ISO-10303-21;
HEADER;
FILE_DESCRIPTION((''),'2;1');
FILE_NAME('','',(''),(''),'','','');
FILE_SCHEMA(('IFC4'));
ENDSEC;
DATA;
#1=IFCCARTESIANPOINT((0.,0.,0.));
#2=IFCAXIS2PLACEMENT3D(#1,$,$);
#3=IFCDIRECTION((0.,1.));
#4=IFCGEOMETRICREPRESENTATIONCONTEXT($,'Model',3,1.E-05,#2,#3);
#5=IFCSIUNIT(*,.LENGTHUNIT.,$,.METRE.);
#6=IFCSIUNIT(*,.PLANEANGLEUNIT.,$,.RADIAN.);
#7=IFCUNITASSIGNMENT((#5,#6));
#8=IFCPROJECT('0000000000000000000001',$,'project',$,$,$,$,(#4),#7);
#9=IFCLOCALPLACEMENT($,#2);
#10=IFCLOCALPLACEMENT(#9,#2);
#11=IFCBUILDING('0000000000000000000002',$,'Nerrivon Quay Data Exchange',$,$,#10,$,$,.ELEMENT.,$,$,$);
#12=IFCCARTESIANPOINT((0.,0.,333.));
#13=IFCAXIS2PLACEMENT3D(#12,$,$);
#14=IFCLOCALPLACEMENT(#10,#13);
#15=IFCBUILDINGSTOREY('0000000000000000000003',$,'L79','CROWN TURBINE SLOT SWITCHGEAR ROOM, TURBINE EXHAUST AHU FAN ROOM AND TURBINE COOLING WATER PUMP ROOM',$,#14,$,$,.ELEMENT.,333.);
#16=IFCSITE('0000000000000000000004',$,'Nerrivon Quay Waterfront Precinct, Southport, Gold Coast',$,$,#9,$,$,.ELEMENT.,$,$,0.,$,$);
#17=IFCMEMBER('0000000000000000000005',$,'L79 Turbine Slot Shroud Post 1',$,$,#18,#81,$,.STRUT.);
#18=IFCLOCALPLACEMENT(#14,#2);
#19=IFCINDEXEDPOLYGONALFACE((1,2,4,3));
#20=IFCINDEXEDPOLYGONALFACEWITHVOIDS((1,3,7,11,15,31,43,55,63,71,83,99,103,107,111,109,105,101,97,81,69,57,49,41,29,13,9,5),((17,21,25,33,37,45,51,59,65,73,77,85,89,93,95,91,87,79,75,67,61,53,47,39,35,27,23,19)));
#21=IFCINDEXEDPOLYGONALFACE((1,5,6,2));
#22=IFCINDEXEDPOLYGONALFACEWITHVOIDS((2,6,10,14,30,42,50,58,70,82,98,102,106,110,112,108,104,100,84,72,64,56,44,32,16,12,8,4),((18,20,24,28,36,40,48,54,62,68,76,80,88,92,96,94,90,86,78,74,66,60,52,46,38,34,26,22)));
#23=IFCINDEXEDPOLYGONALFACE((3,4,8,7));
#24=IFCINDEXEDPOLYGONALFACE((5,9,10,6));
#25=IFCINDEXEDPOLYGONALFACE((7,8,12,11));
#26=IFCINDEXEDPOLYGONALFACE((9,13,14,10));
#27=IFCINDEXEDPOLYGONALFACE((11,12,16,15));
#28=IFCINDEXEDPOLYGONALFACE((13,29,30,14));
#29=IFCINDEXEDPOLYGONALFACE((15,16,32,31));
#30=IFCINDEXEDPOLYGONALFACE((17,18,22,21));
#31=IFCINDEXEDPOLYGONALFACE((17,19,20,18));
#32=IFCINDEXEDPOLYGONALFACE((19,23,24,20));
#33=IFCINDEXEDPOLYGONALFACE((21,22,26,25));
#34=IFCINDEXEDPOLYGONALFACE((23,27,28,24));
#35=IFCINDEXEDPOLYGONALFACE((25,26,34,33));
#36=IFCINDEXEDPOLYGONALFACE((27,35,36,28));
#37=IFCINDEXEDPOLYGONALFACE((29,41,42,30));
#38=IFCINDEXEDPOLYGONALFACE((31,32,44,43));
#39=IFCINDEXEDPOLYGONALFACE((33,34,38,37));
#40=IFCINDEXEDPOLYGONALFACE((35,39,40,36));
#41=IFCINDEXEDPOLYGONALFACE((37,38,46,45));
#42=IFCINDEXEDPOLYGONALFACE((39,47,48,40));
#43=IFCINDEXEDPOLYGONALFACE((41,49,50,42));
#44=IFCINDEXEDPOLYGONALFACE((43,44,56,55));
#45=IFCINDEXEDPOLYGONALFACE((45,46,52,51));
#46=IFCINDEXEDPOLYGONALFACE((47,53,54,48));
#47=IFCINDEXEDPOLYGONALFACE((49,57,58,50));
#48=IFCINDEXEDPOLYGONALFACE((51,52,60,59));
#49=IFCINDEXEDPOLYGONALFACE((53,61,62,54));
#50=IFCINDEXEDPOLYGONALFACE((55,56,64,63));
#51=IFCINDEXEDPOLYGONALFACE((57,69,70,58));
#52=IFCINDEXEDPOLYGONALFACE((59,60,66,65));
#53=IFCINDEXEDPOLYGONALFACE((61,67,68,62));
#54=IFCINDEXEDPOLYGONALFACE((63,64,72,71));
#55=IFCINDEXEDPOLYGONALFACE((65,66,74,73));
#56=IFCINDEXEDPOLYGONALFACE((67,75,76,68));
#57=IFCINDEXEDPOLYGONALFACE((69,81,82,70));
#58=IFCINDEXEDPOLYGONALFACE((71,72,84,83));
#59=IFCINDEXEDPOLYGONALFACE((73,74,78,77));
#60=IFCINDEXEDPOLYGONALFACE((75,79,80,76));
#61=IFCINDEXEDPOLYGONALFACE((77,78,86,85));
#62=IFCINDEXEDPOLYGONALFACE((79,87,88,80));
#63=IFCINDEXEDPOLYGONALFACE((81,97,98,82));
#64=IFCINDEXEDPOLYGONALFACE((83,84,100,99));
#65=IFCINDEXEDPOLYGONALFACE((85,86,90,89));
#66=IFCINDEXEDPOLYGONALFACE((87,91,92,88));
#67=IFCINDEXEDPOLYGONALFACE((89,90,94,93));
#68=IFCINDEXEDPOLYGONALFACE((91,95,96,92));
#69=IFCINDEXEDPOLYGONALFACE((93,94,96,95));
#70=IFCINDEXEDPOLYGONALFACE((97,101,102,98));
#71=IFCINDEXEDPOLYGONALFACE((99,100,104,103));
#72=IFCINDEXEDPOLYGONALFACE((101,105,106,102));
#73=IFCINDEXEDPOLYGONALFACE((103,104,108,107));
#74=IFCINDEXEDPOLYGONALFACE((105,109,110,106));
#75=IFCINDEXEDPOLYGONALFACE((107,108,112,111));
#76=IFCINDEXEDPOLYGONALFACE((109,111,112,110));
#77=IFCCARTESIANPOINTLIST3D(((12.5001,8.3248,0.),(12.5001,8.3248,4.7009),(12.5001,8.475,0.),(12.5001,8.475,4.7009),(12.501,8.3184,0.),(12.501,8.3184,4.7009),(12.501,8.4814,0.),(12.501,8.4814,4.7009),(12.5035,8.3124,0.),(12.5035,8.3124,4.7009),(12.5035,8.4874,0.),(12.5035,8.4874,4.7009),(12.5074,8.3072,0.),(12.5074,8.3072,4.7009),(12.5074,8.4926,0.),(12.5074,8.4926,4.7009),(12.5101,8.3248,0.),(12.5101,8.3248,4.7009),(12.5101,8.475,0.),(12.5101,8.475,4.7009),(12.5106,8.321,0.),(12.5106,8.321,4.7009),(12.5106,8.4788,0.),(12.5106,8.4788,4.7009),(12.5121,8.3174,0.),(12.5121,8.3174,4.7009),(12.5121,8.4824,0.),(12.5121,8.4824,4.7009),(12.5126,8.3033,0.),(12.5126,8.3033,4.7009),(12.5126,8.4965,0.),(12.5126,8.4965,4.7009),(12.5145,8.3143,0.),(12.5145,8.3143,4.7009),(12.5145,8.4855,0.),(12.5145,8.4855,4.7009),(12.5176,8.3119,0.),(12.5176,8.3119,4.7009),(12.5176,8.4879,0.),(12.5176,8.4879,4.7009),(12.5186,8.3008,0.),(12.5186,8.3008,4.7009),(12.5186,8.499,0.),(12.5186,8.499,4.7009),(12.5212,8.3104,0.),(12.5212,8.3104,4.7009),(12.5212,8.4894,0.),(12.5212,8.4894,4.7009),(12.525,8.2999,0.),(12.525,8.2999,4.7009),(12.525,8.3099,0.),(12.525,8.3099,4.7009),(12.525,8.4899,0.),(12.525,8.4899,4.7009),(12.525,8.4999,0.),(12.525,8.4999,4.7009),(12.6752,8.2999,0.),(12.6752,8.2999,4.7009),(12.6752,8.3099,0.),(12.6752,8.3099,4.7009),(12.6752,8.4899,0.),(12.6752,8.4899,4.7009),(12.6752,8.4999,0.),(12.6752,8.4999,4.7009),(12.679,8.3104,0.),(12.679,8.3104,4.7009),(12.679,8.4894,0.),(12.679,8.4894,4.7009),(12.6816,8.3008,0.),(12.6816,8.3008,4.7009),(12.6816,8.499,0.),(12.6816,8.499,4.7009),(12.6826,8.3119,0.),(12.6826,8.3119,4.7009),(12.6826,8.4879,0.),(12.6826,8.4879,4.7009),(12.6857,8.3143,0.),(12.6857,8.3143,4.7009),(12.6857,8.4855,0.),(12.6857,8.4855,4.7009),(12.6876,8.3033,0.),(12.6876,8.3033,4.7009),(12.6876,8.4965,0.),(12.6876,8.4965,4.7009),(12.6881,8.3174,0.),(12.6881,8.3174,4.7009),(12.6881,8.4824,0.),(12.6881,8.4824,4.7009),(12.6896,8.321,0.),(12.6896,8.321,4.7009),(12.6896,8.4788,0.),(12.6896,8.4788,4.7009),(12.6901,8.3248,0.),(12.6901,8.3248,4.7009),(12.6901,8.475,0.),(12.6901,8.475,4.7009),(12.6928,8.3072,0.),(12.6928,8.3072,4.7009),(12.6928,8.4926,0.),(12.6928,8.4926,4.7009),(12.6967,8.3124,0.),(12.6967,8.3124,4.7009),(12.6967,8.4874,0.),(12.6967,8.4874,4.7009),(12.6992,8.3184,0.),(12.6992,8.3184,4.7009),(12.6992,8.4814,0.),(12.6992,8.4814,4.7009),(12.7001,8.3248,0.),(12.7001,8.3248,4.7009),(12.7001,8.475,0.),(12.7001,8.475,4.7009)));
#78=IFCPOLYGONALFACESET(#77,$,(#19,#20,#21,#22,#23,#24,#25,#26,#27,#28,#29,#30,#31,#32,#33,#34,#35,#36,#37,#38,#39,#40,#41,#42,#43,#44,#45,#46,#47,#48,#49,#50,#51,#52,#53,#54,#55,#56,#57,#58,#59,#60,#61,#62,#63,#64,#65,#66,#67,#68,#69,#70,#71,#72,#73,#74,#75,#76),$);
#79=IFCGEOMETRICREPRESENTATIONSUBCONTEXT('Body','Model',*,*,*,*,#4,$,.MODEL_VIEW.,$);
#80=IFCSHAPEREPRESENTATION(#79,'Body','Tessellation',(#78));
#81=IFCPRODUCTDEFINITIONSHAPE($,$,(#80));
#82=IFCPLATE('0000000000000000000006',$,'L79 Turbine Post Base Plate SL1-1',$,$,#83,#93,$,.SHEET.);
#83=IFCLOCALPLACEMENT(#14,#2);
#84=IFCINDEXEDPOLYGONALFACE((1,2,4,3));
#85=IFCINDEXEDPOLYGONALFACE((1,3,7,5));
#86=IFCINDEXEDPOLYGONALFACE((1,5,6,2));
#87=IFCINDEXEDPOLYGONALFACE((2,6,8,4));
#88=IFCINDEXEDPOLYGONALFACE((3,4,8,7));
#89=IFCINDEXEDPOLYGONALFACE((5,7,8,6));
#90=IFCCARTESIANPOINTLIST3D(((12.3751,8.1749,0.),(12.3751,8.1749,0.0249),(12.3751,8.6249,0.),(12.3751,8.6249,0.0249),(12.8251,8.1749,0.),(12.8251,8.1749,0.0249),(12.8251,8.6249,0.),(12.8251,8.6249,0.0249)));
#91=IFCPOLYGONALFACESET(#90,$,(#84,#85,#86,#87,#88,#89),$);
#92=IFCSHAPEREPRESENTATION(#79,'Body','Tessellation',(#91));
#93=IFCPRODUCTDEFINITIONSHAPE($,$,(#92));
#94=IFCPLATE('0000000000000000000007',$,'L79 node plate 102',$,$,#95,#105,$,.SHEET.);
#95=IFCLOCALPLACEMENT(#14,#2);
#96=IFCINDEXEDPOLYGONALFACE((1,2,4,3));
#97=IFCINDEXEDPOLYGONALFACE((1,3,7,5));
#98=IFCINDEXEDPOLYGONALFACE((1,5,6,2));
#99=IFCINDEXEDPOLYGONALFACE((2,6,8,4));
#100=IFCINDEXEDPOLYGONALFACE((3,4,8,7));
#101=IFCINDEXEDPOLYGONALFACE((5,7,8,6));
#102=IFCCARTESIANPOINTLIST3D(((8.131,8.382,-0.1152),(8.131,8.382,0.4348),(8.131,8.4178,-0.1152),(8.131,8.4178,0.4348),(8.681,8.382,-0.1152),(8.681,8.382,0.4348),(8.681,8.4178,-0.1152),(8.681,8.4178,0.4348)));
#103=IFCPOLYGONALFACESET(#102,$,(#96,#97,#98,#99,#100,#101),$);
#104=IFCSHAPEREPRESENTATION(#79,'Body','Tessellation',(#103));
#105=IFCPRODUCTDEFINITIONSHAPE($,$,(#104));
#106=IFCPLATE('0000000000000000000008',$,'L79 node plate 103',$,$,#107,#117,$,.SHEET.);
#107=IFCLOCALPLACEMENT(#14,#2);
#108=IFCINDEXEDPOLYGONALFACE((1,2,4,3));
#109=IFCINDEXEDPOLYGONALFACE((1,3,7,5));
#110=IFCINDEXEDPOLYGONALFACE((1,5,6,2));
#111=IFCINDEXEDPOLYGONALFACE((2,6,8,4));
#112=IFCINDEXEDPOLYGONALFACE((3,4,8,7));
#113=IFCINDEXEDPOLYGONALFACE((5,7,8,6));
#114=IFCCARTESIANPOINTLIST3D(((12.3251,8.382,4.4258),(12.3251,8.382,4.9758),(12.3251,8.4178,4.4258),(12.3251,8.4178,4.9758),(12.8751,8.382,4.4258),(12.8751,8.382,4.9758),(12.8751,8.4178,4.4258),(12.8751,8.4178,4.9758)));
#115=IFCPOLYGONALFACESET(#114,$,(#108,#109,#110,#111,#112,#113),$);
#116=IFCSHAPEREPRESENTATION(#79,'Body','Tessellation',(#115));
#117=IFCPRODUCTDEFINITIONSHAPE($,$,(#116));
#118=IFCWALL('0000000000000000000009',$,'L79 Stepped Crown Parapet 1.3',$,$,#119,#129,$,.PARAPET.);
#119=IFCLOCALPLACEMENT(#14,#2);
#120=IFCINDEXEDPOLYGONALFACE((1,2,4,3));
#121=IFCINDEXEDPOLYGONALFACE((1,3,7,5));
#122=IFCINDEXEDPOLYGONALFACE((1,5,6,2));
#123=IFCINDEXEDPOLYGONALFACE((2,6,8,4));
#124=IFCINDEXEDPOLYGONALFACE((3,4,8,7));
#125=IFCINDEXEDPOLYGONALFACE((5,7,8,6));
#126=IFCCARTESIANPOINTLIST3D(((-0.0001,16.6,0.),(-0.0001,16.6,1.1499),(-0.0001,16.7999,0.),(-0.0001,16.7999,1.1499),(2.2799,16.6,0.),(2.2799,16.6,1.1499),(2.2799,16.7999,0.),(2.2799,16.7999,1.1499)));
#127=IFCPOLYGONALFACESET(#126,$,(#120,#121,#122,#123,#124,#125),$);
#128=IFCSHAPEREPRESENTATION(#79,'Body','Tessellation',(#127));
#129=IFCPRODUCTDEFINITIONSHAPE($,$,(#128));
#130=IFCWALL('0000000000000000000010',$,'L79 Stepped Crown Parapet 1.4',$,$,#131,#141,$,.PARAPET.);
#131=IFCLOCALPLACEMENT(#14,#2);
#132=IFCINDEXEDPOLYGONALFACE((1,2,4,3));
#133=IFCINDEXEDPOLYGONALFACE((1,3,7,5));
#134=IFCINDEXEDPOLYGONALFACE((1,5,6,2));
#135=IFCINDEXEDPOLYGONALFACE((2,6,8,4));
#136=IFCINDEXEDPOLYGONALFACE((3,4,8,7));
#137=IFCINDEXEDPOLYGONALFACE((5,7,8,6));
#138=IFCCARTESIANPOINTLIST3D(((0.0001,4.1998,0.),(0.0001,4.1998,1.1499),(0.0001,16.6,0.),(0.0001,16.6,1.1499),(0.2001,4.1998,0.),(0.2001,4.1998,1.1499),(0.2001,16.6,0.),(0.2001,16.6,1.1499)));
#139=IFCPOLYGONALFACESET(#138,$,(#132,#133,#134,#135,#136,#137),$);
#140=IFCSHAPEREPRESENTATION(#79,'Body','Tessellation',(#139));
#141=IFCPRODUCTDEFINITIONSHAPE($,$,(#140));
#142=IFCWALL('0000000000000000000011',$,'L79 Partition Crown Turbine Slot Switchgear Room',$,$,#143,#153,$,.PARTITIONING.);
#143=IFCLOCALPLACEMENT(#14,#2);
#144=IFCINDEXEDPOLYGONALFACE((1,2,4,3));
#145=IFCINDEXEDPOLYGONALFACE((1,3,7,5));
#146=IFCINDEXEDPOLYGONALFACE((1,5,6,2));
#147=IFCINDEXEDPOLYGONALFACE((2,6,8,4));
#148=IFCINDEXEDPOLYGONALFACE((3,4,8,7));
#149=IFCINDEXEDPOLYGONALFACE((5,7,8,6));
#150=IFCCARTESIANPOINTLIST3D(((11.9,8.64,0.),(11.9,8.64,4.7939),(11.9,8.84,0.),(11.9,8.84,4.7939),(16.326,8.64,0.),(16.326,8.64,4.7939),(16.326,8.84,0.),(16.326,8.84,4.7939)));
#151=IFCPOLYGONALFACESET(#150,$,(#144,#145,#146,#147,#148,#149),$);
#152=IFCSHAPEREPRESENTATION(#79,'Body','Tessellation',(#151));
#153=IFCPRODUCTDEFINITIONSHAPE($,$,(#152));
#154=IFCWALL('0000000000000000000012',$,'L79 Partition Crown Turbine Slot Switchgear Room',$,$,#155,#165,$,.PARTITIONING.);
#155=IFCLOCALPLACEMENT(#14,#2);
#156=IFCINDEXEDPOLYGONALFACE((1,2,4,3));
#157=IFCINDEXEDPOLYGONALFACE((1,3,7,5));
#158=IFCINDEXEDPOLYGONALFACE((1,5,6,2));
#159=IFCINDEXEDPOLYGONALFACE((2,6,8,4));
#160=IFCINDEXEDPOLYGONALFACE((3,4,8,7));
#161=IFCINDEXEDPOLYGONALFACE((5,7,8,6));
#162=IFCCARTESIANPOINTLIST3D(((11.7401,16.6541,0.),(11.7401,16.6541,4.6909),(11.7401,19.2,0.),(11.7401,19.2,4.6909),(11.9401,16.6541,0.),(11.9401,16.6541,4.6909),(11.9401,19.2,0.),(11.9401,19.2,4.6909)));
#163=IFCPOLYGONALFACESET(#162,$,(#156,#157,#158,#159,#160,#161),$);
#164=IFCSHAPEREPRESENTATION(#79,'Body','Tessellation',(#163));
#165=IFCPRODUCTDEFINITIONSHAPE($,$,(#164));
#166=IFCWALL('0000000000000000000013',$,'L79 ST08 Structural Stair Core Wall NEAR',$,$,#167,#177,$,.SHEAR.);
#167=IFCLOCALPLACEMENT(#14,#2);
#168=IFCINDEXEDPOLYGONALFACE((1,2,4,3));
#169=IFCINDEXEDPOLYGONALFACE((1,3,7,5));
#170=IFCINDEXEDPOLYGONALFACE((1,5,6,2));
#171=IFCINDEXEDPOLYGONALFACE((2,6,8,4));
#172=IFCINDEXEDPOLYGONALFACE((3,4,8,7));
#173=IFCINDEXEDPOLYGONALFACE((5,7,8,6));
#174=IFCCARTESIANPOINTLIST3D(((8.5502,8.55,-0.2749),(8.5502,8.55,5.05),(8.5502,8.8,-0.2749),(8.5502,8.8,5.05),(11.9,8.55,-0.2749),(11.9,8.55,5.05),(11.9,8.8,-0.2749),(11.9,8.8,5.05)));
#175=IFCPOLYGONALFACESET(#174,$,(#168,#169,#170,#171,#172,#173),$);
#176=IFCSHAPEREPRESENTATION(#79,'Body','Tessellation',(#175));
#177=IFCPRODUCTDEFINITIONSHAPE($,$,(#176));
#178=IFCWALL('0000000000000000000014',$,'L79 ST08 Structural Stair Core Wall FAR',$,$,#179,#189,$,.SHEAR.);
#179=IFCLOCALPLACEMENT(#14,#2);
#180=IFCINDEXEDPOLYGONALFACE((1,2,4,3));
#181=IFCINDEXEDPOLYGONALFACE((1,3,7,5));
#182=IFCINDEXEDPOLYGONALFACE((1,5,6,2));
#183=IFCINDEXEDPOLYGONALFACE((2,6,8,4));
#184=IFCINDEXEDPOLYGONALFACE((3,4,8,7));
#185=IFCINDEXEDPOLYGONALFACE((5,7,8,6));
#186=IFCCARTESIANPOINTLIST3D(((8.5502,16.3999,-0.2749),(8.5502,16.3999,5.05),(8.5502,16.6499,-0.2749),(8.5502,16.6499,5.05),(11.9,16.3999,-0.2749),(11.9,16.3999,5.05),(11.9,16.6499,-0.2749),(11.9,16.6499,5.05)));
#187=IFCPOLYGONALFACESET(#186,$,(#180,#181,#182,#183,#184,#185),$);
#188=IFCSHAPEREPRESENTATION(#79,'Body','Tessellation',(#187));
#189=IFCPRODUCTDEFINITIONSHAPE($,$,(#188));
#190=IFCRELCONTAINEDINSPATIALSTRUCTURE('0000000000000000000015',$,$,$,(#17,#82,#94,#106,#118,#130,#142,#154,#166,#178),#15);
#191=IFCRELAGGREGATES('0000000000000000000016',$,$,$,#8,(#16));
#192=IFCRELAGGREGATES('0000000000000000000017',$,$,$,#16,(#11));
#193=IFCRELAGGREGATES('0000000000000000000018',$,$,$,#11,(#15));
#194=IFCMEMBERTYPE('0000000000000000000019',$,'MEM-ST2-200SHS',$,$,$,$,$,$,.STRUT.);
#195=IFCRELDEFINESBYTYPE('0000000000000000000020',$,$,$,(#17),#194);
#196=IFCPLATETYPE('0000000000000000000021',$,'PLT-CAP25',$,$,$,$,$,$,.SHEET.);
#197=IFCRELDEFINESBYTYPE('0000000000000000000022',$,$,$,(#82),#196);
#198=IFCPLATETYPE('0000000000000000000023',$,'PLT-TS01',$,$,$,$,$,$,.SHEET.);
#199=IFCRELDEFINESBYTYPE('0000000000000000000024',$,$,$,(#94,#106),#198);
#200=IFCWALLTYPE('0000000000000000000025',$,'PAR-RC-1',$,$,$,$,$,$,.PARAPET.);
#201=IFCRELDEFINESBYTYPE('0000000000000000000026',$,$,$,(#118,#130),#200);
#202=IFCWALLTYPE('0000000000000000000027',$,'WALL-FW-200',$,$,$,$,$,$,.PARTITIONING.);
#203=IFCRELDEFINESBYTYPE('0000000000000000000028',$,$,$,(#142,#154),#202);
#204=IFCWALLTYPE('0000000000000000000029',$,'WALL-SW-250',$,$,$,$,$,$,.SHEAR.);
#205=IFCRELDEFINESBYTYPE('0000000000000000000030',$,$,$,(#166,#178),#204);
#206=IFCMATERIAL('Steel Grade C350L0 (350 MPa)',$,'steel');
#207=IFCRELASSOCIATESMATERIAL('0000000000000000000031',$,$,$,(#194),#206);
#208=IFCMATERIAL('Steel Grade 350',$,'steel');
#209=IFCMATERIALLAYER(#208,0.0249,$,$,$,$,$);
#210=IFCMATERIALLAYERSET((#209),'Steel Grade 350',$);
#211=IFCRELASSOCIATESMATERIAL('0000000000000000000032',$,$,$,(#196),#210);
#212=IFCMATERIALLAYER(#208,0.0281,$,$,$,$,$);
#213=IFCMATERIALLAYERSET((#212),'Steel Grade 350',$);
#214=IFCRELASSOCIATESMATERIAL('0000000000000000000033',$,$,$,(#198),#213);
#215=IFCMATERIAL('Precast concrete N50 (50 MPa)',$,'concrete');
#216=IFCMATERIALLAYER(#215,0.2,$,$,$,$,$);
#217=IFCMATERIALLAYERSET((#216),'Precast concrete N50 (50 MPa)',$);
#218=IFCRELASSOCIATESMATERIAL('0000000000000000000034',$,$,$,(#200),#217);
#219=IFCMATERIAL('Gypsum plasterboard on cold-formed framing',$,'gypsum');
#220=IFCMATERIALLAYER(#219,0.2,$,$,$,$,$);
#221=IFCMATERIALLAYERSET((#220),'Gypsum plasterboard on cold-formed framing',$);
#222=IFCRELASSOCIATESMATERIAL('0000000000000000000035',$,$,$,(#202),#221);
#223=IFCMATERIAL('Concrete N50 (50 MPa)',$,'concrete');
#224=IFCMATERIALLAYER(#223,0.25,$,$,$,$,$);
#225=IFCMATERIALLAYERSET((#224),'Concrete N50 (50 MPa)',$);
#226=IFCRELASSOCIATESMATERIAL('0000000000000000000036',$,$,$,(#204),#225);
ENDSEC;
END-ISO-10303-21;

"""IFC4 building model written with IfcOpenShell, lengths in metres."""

from ifc_helpers import new_model, si_unit, direction, frame, frame_2d, origin, origin_2d, place, context, subcontext, project, spatial, rectangle, hollow_rectangle, extrude, material, layer, layer_set, material_profile, profile_set, type_object, element, save


model = new_model("IFC4")

# Units and contexts
model_context = context("Model", 3, precision=1e-05, world=origin(), true_north=direction((0.0, 1.0)))
body_context = subcontext(model_context, "Body", "Model", "MODEL_VIEW")
ifc_project = project(units=[si_unit("LENGTHUNIT", "METRE"), si_unit("PLANEANGLEUNIT", "RADIAN")], contexts=[model_context])

# Site, building, storey
site_placement = place(None, origin())
site = spatial("IfcSite", under=ifc_project, at=site_placement, Name="Nerrivon Quay Waterfront Precinct, Southport, Gold Coast", CompositionType="ELEMENT", RefElevation=0.0)
building_placement = place(site_placement, origin())
building = spatial("IfcBuilding", under=site, at=building_placement, Name="Nerrivon Quay Data Exchange", CompositionType="ELEMENT")
storey_placement = place(building_placement, frame((0.0, 0.0, 333.0)))
storey = spatial("IfcBuildingStorey", under=building, at=storey_placement, Name="L79", Description="CROWN TURBINE SLOT SWITCHGEAR ROOM, TURBINE EXHAUST AHU FAN ROOM AND TURBINE COOLING WATER PUMP ROOM", CompositionType="ELEMENT", Elevation=333.0)

# Shared definitions
ifc_material_1 = material(Name="Steel Grade 350", Category="steel")

# Member
ifc_material_2 = material(Name="Steel Grade C350L0 (350 MPa)", Category="steel")
ifc_material_profile_1 = material_profile(ifc_material_2, hollow_rectangle(XDim=0.2, YDim=0.2, WallThickness=0.01, InnerFilletRadius=0.0149, OuterFilletRadius=0.0249, at=origin_2d()), Name="200x200x10.0SHS")
ifc_profile_set_1 = profile_set([ifc_material_profile_1], Name="Steel Grade C350L0 (350 MPa)")
member_type_1 = type_object("IfcMemberType", Name="MEM-ST2-200SHS", PredefinedType="STRUT", material=ifc_profile_set_1)
member_1_placement = place(storey_placement, frame((12.6001, 8.3999, 0.0), z_axis=(0.0, 0.0, 1.0), x_axis=(1.0, 0.0, 0.0)))
element("IfcMember", 1, at=member_1_placement, inside=storey, type_object=member_type_1, Name="L79 Turbine Slot Shroud Post 1", PredefinedType="STRUT", context=body_context, shape_type="SweptSolid", body=[
    extrude(hollow_rectangle(XDim=0.2, YDim=0.2, WallThickness=0.01, InnerFilletRadius=0.0149, OuterFilletRadius=0.0249, at=origin_2d()), origin(), (0.0, 0.0, 1.0), 4.7009),
])

# Plates
ifc_layer_1 = layer(ifc_material_1, 0.0249)
ifc_layer_set_1 = layer_set([ifc_layer_1], Name="Steel Grade 350")
plate_type_1 = type_object("IfcPlateType", Name="PLT-CAP25", PredefinedType="SHEET", material=ifc_layer_set_1)
plate_placement = place(storey_placement, frame((12.6001, 8.3999, 0.0), z_axis=(0.0, 0.0, 1.0), x_axis=(1.0, 0.0, 0.0)))
element("IfcPlate", 2, at=plate_placement, inside=storey, type_object=plate_type_1, Name="L79 Turbine Post Base Plate SL1-1", PredefinedType="SHEET", context=body_context, shape_type="SweptSolid", body=[
    extrude(rectangle(XDim=0.45, YDim=0.45, at=origin_2d()), origin(), (0.0, 0.0, 1.0), 0.0249),
])
ifc_layer_2 = layer(ifc_material_1, 0.0281)
ifc_layer_set_2 = layer_set([ifc_layer_2], Name="Steel Grade 350")
plate_type_2 = type_object("IfcPlateType", Name="PLT-TS01", PredefinedType="SHEET", material=ifc_layer_set_2)
for number, where, z_axis, x_axis, name in (
    (3, (8.406, 8.3999, -0.1152), (0.0, 0.0, 1.0), (1.0, 0.0, 0.0), "L79 node plate 102"),
    (4, (12.6001, 8.3999, 4.4258), (0.0, 0.0, 1.0), (1.0, 0.0, 0.0), "L79 node plate 103"),
):
    element("IfcPlate", number, at=place(storey_placement, frame(where, z_axis=z_axis, x_axis=x_axis)), inside=storey, type_object=plate_type_2, Name=name, PredefinedType="SHEET", context=body_context, shape_type="SweptSolid", body=[
        extrude(rectangle(XDim=0.55, YDim=0.0359, at=origin_2d()), origin(), (0.0, 0.0, 1.0), 0.55),
    ])

# Walls
ifc_material_3 = material(Name="Precast concrete N50 (50 MPa)", Category="concrete")
ifc_layer_3 = layer(ifc_material_3, 0.2)
ifc_layer_set_3 = layer_set([ifc_layer_3], Name="Precast concrete N50 (50 MPa)")
wall_type_1 = type_object("IfcWallType", Name="PAR-RC-1", PredefinedType="PARAPET", material=ifc_layer_set_3)
wall_1_placement = place(storey_placement, frame((2.28, 16.7, 0.0), z_axis=(0.0, 0.0, 1.0), x_axis=(-1.0, 0.0, 0.0)))
element("IfcWall", 5, at=wall_1_placement, inside=storey, type_object=wall_type_1, Name="L79 Stepped Crown Parapet 1.3", PredefinedType="PARAPET", context=body_context, shape_type="SweptSolid", body=[
    extrude(rectangle(XDim=2.28, YDim=0.2, at=frame_2d((1.1401, 0.0))), origin(), (0.0, 0.0, 1.0), 1.1499),
])
wall_2_placement = place(storey_placement, frame((0.1001, 16.6001, 0.0), z_axis=(0.0, 0.0, 1.0), x_axis=(0.0, -1.0, 0.0)))
element("IfcWall", 6, at=wall_2_placement, inside=storey, type_object=wall_type_1, Name="L79 Stepped Crown Parapet 1.4", PredefinedType="PARAPET", context=body_context, shape_type="SweptSolid", body=[
    extrude(rectangle(XDim=12.4001, YDim=0.2, at=frame_2d((6.2002, 0.0))), origin(), (0.0, 0.0, 1.0), 1.1499),
])
ifc_material_4 = material(Name="Gypsum plasterboard on cold-formed framing", Category="gypsum")
ifc_layer_4 = layer(ifc_material_4, 0.2)
ifc_layer_set_4 = layer_set([ifc_layer_4], Name="Gypsum plasterboard on cold-formed framing")
wall_type_2 = type_object("IfcWallType", Name="WALL-FW-200", PredefinedType="PARTITIONING", material=ifc_layer_set_4)
wall_3_placement = place(storey_placement, frame((16.3259, 8.74, 0.0), z_axis=(0.0, 0.0, 1.0), x_axis=(-1.0, 0.0, 0.0)))
element("IfcWall", 7, at=wall_3_placement, inside=storey, type_object=wall_type_2, Name="L79 Partition Crown Turbine Slot Switchgear Room", PredefinedType="PARTITIONING", context=body_context, shape_type="SweptSolid", body=[
    extrude(rectangle(XDim=4.426, YDim=0.2, at=frame_2d((2.2129, 0.0))), origin(), (0.0, 0.0, 1.0), 4.7939),
])
wall_4_placement = place(storey_placement, frame((11.8401, 16.6541, 0.0), z_axis=(0.0, 0.0, 1.0), x_axis=(0.0, 1.0, 0.0)))
element("IfcWall", 8, at=wall_4_placement, inside=storey, type_object=wall_type_2, Name="L79 Partition Crown Turbine Slot Switchgear Room", PredefinedType="PARTITIONING", context=body_context, shape_type="SweptSolid", body=[
    extrude(rectangle(XDim=2.5459, YDim=0.2, at=frame_2d((1.2729, 0.0))), origin(), (0.0, 0.0, 1.0), 4.6909),
])
ifc_material_5 = material(Name="Concrete N50 (50 MPa)", Category="concrete")
ifc_layer_5 = layer(ifc_material_5, 0.25)
ifc_layer_set_5 = layer_set([ifc_layer_5], Name="Concrete N50 (50 MPa)")
wall_type_3 = type_object("IfcWallType", Name="WALL-SW-250", PredefinedType="SHEAR", material=ifc_layer_set_5)
for number, where, z_axis, x_axis, name in (
    (9, (11.8999, 8.675, -0.2749), (0.0, 0.0, 1.0), (-1.0, 0.0, 0.0), "L79 ST08 Structural Stair Core Wall NEAR"),
    (10, (11.8999, 16.5249, -0.2749), (0.0, 0.0, 1.0), (-1.0, 0.0, 0.0), "L79 ST08 Structural Stair Core Wall FAR"),
):
    element("IfcWall", number, at=place(storey_placement, frame(where, z_axis=z_axis, x_axis=x_axis)), inside=storey, type_object=wall_type_3, Name=name, PredefinedType="SHEAR", context=body_context, shape_type="SweptSolid", body=[
        extrude(rectangle(XDim=3.3499, YDim=0.25, at=frame_2d((1.6748, 0.0))), origin(), (0.0, 0.0, 1.0), 5.325),
    ])

save(model, "model.ifc")
